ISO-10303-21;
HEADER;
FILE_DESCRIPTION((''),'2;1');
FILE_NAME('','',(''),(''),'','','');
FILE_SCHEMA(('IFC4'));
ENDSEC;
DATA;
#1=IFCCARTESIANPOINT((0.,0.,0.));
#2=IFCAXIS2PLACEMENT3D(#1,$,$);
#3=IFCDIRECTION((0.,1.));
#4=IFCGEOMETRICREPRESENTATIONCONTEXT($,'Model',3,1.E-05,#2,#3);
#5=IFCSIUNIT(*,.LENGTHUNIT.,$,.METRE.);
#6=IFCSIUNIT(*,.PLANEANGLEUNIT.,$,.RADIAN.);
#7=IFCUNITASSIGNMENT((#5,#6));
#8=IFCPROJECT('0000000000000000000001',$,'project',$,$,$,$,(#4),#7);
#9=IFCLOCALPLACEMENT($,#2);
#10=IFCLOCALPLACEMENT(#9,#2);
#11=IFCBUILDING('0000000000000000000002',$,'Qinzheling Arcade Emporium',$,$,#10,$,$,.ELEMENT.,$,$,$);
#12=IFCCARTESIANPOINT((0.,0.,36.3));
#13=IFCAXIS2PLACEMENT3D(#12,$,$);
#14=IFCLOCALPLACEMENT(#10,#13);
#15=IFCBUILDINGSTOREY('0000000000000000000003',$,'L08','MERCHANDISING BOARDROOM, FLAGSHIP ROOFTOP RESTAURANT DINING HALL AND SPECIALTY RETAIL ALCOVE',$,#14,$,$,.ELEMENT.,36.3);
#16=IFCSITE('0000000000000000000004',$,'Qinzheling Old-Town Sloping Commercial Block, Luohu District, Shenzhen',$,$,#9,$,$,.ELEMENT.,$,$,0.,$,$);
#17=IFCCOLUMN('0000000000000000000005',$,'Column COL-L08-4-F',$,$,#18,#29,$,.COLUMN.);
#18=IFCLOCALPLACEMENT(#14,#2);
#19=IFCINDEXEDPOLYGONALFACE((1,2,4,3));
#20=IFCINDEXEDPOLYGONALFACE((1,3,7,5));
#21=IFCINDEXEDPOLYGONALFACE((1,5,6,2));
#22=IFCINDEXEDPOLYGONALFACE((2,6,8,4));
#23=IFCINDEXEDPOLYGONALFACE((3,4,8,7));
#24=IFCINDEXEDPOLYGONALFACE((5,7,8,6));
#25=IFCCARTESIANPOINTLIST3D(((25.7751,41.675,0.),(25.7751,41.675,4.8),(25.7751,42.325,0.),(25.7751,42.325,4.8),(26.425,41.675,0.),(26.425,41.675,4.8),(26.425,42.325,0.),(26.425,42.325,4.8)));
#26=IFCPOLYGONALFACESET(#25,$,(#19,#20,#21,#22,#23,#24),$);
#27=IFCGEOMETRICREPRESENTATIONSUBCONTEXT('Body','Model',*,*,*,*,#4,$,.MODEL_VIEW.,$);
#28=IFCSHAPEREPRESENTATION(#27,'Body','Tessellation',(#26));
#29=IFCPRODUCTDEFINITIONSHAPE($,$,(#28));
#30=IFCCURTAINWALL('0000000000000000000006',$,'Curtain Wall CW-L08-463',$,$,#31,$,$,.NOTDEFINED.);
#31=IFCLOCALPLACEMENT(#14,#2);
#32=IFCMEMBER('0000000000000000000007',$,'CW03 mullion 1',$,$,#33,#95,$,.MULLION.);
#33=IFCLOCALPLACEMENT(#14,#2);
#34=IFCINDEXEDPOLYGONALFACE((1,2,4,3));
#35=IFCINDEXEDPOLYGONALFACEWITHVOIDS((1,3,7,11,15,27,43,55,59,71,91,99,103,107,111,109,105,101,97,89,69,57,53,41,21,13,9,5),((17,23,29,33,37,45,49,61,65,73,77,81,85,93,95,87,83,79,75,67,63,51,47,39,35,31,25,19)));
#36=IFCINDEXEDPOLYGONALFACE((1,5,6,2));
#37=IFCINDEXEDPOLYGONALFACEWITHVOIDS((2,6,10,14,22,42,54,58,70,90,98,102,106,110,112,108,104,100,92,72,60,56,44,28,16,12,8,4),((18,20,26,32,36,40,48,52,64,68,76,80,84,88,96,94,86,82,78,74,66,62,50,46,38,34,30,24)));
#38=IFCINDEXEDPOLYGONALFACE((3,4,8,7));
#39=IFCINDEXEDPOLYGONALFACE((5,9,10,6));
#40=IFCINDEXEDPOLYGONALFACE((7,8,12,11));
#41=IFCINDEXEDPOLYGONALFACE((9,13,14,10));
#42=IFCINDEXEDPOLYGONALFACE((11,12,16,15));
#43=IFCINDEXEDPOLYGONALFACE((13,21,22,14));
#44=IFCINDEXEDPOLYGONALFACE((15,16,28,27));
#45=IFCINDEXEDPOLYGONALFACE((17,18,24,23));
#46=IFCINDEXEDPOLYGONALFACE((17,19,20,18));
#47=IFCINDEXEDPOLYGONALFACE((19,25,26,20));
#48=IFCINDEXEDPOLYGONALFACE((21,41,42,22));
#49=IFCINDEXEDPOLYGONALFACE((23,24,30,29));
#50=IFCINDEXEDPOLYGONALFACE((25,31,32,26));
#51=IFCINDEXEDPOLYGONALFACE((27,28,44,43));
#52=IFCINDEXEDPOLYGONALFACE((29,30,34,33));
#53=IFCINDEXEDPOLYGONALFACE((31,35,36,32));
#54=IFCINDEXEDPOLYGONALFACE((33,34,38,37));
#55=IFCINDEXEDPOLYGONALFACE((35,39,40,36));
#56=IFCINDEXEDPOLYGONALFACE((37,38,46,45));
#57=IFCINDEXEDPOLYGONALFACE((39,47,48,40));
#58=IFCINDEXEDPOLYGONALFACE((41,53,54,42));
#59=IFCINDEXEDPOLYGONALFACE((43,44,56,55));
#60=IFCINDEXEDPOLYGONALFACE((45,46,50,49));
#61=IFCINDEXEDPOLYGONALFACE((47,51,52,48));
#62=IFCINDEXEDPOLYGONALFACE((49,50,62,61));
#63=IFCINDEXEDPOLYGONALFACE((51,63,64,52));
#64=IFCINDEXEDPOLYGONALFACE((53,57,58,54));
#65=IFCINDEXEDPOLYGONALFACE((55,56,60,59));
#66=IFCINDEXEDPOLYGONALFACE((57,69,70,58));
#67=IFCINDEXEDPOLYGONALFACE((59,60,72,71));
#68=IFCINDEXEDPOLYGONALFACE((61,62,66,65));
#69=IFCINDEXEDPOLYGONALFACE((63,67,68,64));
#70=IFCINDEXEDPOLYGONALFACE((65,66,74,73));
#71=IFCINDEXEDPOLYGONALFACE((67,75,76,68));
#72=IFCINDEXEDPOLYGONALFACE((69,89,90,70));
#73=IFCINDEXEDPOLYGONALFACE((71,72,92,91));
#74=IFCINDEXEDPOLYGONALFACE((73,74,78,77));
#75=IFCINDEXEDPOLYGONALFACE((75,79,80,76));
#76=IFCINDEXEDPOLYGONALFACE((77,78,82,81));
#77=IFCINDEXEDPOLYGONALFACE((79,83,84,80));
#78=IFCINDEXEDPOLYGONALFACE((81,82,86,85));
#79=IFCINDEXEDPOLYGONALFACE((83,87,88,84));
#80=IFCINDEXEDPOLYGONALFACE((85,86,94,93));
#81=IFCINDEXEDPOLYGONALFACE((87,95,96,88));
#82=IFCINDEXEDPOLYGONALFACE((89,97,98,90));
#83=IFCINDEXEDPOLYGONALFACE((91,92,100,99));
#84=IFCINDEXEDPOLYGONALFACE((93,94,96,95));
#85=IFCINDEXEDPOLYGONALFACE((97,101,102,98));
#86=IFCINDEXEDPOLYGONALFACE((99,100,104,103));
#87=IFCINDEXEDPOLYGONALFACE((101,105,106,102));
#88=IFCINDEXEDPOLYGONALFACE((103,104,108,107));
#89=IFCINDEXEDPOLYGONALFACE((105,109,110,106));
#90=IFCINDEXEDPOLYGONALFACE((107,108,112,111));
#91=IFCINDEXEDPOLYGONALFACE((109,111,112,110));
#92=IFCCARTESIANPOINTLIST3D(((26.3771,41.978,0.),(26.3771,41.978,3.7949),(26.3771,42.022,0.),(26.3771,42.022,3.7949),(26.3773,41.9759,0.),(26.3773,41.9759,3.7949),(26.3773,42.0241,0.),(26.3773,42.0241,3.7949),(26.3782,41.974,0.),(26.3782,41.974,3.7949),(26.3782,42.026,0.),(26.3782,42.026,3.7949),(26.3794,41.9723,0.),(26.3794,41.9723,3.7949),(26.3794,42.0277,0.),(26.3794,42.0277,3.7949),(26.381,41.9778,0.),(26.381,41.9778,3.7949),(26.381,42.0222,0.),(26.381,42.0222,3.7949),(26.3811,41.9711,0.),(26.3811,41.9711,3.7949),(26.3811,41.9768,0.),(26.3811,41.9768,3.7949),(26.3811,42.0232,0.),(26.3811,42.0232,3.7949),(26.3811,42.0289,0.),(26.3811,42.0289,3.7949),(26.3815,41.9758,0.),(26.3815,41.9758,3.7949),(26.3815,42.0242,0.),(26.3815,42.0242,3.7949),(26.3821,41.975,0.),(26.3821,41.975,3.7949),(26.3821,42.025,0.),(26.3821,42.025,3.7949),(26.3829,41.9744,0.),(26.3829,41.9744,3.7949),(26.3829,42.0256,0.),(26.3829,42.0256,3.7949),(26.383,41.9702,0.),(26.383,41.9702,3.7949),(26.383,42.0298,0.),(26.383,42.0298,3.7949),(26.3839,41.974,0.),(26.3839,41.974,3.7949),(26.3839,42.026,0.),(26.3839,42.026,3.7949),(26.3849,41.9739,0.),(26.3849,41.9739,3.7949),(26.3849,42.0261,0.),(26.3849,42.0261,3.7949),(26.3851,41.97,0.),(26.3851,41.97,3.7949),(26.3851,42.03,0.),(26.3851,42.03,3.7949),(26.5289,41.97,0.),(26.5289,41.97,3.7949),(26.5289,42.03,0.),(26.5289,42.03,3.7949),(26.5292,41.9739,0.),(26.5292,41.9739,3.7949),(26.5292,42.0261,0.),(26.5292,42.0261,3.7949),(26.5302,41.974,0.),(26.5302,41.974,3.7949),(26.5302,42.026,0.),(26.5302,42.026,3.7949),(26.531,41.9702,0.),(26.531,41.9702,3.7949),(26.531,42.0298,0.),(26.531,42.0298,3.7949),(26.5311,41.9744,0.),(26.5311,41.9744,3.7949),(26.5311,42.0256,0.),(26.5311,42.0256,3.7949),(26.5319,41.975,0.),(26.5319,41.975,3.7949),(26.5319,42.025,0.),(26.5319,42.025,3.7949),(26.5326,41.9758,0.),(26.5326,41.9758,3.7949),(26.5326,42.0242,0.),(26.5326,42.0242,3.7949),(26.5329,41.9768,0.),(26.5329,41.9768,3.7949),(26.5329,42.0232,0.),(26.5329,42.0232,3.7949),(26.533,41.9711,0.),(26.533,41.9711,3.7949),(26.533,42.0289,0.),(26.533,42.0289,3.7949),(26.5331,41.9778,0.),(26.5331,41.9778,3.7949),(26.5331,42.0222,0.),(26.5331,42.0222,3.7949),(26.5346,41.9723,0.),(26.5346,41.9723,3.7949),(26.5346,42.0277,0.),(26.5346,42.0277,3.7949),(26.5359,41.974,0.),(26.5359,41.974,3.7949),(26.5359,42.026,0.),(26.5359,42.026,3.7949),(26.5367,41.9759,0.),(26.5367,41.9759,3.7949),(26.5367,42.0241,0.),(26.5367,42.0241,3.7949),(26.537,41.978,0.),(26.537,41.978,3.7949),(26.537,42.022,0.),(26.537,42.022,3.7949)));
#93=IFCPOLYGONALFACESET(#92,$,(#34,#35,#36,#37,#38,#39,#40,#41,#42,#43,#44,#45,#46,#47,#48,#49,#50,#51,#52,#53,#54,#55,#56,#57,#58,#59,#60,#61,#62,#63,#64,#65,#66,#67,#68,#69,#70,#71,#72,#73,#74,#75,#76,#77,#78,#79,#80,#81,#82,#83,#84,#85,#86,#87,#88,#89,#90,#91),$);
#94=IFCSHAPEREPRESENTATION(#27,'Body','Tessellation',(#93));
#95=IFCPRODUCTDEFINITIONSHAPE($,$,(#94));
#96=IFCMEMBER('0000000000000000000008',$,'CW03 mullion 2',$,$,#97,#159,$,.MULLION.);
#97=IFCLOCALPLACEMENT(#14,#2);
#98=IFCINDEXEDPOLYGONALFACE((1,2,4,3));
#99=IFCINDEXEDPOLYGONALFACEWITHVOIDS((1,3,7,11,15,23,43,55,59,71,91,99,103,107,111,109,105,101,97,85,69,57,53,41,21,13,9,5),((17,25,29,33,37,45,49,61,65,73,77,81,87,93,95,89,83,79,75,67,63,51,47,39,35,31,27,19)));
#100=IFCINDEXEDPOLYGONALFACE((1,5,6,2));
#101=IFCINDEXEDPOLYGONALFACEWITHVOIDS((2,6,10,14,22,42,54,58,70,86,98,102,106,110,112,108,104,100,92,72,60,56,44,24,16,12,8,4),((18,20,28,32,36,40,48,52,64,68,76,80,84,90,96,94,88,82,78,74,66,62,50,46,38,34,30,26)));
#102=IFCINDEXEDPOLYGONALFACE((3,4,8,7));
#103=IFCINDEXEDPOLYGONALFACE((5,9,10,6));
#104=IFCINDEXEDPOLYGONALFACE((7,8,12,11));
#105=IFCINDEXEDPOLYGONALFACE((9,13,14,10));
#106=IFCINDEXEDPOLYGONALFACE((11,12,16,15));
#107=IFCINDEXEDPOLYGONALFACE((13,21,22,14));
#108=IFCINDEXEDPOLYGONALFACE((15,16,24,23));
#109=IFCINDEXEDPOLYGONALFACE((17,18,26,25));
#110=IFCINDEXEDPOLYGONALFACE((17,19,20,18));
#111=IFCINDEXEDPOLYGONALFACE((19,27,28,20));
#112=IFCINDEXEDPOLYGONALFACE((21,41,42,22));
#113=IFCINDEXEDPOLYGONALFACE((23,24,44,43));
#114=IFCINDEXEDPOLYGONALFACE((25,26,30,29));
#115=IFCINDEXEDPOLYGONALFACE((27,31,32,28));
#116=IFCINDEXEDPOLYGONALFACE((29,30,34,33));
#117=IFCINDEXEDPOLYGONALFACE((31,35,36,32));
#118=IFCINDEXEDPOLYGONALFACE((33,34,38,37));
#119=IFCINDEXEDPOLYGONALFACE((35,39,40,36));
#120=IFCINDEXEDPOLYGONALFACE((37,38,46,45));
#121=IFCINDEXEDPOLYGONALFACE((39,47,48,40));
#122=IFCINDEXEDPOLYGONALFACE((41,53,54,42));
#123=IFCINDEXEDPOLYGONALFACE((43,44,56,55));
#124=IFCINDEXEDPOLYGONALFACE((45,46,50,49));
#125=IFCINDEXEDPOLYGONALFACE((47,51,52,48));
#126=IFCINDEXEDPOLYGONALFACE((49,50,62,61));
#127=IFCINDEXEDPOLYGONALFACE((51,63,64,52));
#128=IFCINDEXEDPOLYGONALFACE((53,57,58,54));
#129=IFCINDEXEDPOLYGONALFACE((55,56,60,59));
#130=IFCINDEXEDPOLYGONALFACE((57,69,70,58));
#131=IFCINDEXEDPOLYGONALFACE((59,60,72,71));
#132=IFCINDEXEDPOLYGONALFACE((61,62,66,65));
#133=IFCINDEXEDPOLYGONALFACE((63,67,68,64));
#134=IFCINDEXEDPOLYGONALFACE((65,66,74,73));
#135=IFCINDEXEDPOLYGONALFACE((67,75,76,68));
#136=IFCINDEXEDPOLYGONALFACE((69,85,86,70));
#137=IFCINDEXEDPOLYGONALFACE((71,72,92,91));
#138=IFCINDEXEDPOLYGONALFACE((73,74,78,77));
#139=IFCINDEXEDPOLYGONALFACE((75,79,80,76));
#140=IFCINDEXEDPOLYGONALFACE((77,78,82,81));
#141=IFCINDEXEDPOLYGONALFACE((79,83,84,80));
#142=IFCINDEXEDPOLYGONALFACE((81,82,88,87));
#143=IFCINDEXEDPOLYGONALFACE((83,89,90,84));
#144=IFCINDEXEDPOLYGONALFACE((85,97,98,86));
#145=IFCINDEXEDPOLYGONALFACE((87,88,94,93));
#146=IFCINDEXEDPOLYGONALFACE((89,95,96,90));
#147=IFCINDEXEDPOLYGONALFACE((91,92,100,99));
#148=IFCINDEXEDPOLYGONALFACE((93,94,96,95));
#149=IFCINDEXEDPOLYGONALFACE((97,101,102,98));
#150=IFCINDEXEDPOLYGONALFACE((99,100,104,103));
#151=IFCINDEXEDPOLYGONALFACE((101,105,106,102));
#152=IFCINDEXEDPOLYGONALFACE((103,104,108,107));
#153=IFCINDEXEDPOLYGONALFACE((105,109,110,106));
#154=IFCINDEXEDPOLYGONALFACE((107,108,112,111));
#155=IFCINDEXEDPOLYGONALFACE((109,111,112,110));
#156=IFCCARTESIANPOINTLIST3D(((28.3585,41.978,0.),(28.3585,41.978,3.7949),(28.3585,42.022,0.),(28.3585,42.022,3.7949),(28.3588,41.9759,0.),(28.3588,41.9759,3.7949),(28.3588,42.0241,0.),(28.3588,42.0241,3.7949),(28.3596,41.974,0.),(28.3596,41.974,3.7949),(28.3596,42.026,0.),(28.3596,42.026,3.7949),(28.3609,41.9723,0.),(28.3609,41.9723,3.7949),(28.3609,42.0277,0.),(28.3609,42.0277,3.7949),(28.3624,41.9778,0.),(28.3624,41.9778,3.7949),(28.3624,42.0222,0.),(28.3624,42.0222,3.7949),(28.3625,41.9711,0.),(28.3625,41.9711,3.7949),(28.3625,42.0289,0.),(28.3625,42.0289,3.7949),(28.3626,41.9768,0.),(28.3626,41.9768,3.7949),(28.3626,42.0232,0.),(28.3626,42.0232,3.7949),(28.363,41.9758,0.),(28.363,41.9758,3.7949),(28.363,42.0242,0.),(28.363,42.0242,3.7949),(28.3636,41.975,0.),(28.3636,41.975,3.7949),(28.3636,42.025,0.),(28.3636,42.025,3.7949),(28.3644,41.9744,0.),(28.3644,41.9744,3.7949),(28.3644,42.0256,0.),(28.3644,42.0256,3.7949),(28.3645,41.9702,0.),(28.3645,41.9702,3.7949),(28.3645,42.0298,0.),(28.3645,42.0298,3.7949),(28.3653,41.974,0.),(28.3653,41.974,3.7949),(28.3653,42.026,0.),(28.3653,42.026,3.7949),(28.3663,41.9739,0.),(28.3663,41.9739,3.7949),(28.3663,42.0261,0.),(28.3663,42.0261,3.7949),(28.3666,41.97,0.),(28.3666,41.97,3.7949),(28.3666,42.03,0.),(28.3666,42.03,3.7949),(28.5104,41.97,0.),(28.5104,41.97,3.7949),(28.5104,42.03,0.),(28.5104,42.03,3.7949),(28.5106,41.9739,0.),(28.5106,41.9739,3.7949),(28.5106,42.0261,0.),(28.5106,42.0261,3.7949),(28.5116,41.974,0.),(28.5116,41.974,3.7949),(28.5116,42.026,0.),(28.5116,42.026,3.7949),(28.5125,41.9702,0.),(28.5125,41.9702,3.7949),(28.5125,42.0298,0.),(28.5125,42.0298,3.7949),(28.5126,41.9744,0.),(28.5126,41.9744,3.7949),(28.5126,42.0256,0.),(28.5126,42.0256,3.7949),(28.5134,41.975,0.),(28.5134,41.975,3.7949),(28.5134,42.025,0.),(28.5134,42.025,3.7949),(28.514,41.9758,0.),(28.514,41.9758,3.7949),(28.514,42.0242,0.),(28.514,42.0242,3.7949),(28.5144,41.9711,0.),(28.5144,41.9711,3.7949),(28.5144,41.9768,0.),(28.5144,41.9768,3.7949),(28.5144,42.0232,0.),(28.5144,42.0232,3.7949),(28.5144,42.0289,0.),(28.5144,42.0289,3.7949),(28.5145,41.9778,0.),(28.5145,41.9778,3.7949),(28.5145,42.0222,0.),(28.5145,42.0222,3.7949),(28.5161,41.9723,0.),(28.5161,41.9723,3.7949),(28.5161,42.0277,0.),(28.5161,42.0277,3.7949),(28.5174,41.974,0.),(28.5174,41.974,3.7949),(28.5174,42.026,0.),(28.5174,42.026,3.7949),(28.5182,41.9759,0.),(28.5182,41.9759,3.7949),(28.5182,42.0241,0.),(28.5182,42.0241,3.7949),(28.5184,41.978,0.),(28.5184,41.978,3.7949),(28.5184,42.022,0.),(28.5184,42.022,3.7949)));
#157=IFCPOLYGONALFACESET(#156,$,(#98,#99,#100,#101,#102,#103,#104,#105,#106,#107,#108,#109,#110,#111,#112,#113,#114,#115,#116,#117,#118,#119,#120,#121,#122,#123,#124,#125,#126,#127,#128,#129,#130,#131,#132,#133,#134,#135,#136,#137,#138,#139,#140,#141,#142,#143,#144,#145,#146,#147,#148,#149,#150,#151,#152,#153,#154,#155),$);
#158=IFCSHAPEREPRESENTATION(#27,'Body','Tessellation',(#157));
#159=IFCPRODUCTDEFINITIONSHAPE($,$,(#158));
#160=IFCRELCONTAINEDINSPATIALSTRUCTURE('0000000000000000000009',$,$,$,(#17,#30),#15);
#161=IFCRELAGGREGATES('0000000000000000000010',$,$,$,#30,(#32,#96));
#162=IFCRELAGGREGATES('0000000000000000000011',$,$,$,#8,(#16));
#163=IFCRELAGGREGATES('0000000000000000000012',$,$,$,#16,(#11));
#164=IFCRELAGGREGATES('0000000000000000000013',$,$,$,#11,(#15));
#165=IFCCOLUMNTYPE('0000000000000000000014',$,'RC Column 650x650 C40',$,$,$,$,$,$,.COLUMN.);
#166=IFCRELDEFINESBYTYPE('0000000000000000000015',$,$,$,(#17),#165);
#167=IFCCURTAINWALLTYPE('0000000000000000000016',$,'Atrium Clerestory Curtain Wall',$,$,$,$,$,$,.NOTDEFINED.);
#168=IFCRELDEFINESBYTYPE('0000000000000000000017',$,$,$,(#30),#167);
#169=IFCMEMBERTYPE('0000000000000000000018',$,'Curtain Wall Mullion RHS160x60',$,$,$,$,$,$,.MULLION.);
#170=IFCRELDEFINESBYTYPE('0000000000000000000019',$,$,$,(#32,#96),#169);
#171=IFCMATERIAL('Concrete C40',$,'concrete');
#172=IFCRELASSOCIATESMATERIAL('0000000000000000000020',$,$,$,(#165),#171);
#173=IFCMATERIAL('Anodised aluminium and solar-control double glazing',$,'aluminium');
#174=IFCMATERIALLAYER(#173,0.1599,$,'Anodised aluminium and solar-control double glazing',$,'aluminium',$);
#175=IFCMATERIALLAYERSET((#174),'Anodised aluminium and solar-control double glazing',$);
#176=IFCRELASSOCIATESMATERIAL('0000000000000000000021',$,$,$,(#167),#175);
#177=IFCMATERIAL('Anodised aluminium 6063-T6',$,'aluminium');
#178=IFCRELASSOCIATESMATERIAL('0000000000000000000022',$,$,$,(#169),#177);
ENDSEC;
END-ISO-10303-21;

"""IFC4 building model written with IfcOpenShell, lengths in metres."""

from ifc_helpers import new_model, si_unit, direction, frame, origin, origin_2d, place, context, subcontext, project, spatial, rectangle, hollow_rectangle, extrude, material, layer, layer_set, material_profile, profile_set, type_object, element, aggregate, save


model = new_model("IFC4")

# Units and contexts
model_context = context("Model", 3, precision=1e-05, world=origin(), true_north=direction((0.0, 1.0)))
body_context = subcontext(model_context, "Body", "Model", "MODEL_VIEW")
ifc_project = project(units=[si_unit("LENGTHUNIT", "METRE"), si_unit("PLANEANGLEUNIT", "RADIAN")], contexts=[model_context])

# Site, building, storey
site_placement = place(None, origin())
site = spatial("IfcSite", under=ifc_project, at=site_placement, Name="Qinzheling Old-Town Sloping Commercial Block, Luohu District, Shenzhen", CompositionType="ELEMENT", RefElevation=0.0)
building_placement = place(site_placement, origin())
building = spatial("IfcBuilding", under=site, at=building_placement, Name="Qinzheling Arcade Emporium", CompositionType="ELEMENT")
storey_placement = place(building_placement, frame((0.0, 0.0, 36.3)))
storey = spatial("IfcBuildingStorey", under=building, at=storey_placement, Name="L08", Description="MERCHANDISING BOARDROOM, FLAGSHIP ROOFTOP RESTAURANT DINING HALL AND SPECIALTY RETAIL ALCOVE", CompositionType="ELEMENT", Elevation=36.3)

# Column
ifc_material_1 = material(Name="Concrete C40", Category="concrete")
ifc_material_profile_1 = material_profile(ifc_material_1, rectangle(XDim=0.6499, YDim=0.6499, at=origin_2d()), Name="RC 650x650", Category="concrete")
ifc_profile_set_1 = profile_set([ifc_material_profile_1], Name="Concrete C40")
column_type = type_object("IfcColumnType", Name="RC Column 650x650 C40", PredefinedType="COLUMN", material=ifc_profile_set_1)
column_placement = place(storey_placement, frame((26.1001, 42.0, 0.0), z_axis=(0.0, 0.0, 1.0), x_axis=(1.0, 0.0, 0.0)))
element("IfcColumn", 1, at=column_placement, inside=storey, type_object=column_type, Name="Column COL-L08-4-F", PredefinedType="COLUMN", context=body_context, shape_type="SweptSolid", body=[
    extrude(rectangle(XDim=0.6499, YDim=0.6499, at=origin_2d()), origin(), (0.0, 0.0, 1.0), 4.8),
])

# Curtain wall, members
ifc_material_2 = material(Name="Anodised aluminium and solar-control double glazing", Category="aluminium")
ifc_layer_1 = layer(ifc_material_2, 0.1599, Name="Anodised aluminium and solar-control double glazing", Category="aluminium")
ifc_layer_set_1 = layer_set([ifc_layer_1], Name="Anodised aluminium and solar-control double glazing")
curtain_wall_type = type_object("IfcCurtainWallType", Name="Atrium Clerestory Curtain Wall", PredefinedType="NOTDEFINED", material=ifc_layer_set_1)
curtain_wall_placement = place(storey_placement, origin())
curtain_wall = element("IfcCurtainWall", 2, at=curtain_wall_placement, inside=storey, type_object=curtain_wall_type, Name="Curtain Wall CW-L08-463", PredefinedType="NOTDEFINED")
ifc_material_3 = material(Name="Anodised aluminium 6063-T6", Category="aluminium")
ifc_material_profile_2 = material_profile(ifc_material_3, hollow_rectangle(XDim=0.0601, YDim=0.1599, WallThickness=0.0039, InnerFilletRadius=0.0039, OuterFilletRadius=0.0081, at=origin_2d()), Name="RHS 160x60x4", Category="aluminium")
ifc_profile_set_2 = profile_set([ifc_material_profile_2], Name="Anodised aluminium 6063-T6")
member_type_1 = type_object("IfcMemberType", Name="Curtain Wall Mullion RHS160x60", PredefinedType="MULLION", material=ifc_profile_set_2)
member_1_placement = place(storey_placement, frame((26.457, 42.0, 0.0), z_axis=(0.0, 0.0, 1.0), x_axis=(0.0, 1.0, 0.0)))
member_1 = element("IfcMember", 3, at=member_1_placement, type_object=member_type_1, Name="CW03 mullion 1", PredefinedType="MULLION", context=body_context, shape_type="SweptSolid", body=[
    extrude(hollow_rectangle(XDim=0.0601, YDim=0.1599, WallThickness=0.0039, InnerFilletRadius=0.0039, OuterFilletRadius=0.0081, at=origin_2d()), origin(), (0.0, 0.0, 1.0), 3.7949),
])
member_2_placement = place(storey_placement, frame((28.4385, 42.0, 0.0), z_axis=(0.0, 0.0, 1.0), x_axis=(0.0, 1.0, 0.0)))
member_2 = element("IfcMember", 4, at=member_2_placement, type_object=member_type_1, Name="CW03 mullion 2", PredefinedType="MULLION", context=body_context, shape_type="SweptSolid", body=[
    extrude(hollow_rectangle(XDim=0.0601, YDim=0.1599, WallThickness=0.0039, InnerFilletRadius=0.0039, OuterFilletRadius=0.0081, at=origin_2d()), origin(), (0.0, 0.0, 1.0), 3.7949),
])

aggregate(curtain_wall, [member_1, member_2])

save(model, "model.ifc")
